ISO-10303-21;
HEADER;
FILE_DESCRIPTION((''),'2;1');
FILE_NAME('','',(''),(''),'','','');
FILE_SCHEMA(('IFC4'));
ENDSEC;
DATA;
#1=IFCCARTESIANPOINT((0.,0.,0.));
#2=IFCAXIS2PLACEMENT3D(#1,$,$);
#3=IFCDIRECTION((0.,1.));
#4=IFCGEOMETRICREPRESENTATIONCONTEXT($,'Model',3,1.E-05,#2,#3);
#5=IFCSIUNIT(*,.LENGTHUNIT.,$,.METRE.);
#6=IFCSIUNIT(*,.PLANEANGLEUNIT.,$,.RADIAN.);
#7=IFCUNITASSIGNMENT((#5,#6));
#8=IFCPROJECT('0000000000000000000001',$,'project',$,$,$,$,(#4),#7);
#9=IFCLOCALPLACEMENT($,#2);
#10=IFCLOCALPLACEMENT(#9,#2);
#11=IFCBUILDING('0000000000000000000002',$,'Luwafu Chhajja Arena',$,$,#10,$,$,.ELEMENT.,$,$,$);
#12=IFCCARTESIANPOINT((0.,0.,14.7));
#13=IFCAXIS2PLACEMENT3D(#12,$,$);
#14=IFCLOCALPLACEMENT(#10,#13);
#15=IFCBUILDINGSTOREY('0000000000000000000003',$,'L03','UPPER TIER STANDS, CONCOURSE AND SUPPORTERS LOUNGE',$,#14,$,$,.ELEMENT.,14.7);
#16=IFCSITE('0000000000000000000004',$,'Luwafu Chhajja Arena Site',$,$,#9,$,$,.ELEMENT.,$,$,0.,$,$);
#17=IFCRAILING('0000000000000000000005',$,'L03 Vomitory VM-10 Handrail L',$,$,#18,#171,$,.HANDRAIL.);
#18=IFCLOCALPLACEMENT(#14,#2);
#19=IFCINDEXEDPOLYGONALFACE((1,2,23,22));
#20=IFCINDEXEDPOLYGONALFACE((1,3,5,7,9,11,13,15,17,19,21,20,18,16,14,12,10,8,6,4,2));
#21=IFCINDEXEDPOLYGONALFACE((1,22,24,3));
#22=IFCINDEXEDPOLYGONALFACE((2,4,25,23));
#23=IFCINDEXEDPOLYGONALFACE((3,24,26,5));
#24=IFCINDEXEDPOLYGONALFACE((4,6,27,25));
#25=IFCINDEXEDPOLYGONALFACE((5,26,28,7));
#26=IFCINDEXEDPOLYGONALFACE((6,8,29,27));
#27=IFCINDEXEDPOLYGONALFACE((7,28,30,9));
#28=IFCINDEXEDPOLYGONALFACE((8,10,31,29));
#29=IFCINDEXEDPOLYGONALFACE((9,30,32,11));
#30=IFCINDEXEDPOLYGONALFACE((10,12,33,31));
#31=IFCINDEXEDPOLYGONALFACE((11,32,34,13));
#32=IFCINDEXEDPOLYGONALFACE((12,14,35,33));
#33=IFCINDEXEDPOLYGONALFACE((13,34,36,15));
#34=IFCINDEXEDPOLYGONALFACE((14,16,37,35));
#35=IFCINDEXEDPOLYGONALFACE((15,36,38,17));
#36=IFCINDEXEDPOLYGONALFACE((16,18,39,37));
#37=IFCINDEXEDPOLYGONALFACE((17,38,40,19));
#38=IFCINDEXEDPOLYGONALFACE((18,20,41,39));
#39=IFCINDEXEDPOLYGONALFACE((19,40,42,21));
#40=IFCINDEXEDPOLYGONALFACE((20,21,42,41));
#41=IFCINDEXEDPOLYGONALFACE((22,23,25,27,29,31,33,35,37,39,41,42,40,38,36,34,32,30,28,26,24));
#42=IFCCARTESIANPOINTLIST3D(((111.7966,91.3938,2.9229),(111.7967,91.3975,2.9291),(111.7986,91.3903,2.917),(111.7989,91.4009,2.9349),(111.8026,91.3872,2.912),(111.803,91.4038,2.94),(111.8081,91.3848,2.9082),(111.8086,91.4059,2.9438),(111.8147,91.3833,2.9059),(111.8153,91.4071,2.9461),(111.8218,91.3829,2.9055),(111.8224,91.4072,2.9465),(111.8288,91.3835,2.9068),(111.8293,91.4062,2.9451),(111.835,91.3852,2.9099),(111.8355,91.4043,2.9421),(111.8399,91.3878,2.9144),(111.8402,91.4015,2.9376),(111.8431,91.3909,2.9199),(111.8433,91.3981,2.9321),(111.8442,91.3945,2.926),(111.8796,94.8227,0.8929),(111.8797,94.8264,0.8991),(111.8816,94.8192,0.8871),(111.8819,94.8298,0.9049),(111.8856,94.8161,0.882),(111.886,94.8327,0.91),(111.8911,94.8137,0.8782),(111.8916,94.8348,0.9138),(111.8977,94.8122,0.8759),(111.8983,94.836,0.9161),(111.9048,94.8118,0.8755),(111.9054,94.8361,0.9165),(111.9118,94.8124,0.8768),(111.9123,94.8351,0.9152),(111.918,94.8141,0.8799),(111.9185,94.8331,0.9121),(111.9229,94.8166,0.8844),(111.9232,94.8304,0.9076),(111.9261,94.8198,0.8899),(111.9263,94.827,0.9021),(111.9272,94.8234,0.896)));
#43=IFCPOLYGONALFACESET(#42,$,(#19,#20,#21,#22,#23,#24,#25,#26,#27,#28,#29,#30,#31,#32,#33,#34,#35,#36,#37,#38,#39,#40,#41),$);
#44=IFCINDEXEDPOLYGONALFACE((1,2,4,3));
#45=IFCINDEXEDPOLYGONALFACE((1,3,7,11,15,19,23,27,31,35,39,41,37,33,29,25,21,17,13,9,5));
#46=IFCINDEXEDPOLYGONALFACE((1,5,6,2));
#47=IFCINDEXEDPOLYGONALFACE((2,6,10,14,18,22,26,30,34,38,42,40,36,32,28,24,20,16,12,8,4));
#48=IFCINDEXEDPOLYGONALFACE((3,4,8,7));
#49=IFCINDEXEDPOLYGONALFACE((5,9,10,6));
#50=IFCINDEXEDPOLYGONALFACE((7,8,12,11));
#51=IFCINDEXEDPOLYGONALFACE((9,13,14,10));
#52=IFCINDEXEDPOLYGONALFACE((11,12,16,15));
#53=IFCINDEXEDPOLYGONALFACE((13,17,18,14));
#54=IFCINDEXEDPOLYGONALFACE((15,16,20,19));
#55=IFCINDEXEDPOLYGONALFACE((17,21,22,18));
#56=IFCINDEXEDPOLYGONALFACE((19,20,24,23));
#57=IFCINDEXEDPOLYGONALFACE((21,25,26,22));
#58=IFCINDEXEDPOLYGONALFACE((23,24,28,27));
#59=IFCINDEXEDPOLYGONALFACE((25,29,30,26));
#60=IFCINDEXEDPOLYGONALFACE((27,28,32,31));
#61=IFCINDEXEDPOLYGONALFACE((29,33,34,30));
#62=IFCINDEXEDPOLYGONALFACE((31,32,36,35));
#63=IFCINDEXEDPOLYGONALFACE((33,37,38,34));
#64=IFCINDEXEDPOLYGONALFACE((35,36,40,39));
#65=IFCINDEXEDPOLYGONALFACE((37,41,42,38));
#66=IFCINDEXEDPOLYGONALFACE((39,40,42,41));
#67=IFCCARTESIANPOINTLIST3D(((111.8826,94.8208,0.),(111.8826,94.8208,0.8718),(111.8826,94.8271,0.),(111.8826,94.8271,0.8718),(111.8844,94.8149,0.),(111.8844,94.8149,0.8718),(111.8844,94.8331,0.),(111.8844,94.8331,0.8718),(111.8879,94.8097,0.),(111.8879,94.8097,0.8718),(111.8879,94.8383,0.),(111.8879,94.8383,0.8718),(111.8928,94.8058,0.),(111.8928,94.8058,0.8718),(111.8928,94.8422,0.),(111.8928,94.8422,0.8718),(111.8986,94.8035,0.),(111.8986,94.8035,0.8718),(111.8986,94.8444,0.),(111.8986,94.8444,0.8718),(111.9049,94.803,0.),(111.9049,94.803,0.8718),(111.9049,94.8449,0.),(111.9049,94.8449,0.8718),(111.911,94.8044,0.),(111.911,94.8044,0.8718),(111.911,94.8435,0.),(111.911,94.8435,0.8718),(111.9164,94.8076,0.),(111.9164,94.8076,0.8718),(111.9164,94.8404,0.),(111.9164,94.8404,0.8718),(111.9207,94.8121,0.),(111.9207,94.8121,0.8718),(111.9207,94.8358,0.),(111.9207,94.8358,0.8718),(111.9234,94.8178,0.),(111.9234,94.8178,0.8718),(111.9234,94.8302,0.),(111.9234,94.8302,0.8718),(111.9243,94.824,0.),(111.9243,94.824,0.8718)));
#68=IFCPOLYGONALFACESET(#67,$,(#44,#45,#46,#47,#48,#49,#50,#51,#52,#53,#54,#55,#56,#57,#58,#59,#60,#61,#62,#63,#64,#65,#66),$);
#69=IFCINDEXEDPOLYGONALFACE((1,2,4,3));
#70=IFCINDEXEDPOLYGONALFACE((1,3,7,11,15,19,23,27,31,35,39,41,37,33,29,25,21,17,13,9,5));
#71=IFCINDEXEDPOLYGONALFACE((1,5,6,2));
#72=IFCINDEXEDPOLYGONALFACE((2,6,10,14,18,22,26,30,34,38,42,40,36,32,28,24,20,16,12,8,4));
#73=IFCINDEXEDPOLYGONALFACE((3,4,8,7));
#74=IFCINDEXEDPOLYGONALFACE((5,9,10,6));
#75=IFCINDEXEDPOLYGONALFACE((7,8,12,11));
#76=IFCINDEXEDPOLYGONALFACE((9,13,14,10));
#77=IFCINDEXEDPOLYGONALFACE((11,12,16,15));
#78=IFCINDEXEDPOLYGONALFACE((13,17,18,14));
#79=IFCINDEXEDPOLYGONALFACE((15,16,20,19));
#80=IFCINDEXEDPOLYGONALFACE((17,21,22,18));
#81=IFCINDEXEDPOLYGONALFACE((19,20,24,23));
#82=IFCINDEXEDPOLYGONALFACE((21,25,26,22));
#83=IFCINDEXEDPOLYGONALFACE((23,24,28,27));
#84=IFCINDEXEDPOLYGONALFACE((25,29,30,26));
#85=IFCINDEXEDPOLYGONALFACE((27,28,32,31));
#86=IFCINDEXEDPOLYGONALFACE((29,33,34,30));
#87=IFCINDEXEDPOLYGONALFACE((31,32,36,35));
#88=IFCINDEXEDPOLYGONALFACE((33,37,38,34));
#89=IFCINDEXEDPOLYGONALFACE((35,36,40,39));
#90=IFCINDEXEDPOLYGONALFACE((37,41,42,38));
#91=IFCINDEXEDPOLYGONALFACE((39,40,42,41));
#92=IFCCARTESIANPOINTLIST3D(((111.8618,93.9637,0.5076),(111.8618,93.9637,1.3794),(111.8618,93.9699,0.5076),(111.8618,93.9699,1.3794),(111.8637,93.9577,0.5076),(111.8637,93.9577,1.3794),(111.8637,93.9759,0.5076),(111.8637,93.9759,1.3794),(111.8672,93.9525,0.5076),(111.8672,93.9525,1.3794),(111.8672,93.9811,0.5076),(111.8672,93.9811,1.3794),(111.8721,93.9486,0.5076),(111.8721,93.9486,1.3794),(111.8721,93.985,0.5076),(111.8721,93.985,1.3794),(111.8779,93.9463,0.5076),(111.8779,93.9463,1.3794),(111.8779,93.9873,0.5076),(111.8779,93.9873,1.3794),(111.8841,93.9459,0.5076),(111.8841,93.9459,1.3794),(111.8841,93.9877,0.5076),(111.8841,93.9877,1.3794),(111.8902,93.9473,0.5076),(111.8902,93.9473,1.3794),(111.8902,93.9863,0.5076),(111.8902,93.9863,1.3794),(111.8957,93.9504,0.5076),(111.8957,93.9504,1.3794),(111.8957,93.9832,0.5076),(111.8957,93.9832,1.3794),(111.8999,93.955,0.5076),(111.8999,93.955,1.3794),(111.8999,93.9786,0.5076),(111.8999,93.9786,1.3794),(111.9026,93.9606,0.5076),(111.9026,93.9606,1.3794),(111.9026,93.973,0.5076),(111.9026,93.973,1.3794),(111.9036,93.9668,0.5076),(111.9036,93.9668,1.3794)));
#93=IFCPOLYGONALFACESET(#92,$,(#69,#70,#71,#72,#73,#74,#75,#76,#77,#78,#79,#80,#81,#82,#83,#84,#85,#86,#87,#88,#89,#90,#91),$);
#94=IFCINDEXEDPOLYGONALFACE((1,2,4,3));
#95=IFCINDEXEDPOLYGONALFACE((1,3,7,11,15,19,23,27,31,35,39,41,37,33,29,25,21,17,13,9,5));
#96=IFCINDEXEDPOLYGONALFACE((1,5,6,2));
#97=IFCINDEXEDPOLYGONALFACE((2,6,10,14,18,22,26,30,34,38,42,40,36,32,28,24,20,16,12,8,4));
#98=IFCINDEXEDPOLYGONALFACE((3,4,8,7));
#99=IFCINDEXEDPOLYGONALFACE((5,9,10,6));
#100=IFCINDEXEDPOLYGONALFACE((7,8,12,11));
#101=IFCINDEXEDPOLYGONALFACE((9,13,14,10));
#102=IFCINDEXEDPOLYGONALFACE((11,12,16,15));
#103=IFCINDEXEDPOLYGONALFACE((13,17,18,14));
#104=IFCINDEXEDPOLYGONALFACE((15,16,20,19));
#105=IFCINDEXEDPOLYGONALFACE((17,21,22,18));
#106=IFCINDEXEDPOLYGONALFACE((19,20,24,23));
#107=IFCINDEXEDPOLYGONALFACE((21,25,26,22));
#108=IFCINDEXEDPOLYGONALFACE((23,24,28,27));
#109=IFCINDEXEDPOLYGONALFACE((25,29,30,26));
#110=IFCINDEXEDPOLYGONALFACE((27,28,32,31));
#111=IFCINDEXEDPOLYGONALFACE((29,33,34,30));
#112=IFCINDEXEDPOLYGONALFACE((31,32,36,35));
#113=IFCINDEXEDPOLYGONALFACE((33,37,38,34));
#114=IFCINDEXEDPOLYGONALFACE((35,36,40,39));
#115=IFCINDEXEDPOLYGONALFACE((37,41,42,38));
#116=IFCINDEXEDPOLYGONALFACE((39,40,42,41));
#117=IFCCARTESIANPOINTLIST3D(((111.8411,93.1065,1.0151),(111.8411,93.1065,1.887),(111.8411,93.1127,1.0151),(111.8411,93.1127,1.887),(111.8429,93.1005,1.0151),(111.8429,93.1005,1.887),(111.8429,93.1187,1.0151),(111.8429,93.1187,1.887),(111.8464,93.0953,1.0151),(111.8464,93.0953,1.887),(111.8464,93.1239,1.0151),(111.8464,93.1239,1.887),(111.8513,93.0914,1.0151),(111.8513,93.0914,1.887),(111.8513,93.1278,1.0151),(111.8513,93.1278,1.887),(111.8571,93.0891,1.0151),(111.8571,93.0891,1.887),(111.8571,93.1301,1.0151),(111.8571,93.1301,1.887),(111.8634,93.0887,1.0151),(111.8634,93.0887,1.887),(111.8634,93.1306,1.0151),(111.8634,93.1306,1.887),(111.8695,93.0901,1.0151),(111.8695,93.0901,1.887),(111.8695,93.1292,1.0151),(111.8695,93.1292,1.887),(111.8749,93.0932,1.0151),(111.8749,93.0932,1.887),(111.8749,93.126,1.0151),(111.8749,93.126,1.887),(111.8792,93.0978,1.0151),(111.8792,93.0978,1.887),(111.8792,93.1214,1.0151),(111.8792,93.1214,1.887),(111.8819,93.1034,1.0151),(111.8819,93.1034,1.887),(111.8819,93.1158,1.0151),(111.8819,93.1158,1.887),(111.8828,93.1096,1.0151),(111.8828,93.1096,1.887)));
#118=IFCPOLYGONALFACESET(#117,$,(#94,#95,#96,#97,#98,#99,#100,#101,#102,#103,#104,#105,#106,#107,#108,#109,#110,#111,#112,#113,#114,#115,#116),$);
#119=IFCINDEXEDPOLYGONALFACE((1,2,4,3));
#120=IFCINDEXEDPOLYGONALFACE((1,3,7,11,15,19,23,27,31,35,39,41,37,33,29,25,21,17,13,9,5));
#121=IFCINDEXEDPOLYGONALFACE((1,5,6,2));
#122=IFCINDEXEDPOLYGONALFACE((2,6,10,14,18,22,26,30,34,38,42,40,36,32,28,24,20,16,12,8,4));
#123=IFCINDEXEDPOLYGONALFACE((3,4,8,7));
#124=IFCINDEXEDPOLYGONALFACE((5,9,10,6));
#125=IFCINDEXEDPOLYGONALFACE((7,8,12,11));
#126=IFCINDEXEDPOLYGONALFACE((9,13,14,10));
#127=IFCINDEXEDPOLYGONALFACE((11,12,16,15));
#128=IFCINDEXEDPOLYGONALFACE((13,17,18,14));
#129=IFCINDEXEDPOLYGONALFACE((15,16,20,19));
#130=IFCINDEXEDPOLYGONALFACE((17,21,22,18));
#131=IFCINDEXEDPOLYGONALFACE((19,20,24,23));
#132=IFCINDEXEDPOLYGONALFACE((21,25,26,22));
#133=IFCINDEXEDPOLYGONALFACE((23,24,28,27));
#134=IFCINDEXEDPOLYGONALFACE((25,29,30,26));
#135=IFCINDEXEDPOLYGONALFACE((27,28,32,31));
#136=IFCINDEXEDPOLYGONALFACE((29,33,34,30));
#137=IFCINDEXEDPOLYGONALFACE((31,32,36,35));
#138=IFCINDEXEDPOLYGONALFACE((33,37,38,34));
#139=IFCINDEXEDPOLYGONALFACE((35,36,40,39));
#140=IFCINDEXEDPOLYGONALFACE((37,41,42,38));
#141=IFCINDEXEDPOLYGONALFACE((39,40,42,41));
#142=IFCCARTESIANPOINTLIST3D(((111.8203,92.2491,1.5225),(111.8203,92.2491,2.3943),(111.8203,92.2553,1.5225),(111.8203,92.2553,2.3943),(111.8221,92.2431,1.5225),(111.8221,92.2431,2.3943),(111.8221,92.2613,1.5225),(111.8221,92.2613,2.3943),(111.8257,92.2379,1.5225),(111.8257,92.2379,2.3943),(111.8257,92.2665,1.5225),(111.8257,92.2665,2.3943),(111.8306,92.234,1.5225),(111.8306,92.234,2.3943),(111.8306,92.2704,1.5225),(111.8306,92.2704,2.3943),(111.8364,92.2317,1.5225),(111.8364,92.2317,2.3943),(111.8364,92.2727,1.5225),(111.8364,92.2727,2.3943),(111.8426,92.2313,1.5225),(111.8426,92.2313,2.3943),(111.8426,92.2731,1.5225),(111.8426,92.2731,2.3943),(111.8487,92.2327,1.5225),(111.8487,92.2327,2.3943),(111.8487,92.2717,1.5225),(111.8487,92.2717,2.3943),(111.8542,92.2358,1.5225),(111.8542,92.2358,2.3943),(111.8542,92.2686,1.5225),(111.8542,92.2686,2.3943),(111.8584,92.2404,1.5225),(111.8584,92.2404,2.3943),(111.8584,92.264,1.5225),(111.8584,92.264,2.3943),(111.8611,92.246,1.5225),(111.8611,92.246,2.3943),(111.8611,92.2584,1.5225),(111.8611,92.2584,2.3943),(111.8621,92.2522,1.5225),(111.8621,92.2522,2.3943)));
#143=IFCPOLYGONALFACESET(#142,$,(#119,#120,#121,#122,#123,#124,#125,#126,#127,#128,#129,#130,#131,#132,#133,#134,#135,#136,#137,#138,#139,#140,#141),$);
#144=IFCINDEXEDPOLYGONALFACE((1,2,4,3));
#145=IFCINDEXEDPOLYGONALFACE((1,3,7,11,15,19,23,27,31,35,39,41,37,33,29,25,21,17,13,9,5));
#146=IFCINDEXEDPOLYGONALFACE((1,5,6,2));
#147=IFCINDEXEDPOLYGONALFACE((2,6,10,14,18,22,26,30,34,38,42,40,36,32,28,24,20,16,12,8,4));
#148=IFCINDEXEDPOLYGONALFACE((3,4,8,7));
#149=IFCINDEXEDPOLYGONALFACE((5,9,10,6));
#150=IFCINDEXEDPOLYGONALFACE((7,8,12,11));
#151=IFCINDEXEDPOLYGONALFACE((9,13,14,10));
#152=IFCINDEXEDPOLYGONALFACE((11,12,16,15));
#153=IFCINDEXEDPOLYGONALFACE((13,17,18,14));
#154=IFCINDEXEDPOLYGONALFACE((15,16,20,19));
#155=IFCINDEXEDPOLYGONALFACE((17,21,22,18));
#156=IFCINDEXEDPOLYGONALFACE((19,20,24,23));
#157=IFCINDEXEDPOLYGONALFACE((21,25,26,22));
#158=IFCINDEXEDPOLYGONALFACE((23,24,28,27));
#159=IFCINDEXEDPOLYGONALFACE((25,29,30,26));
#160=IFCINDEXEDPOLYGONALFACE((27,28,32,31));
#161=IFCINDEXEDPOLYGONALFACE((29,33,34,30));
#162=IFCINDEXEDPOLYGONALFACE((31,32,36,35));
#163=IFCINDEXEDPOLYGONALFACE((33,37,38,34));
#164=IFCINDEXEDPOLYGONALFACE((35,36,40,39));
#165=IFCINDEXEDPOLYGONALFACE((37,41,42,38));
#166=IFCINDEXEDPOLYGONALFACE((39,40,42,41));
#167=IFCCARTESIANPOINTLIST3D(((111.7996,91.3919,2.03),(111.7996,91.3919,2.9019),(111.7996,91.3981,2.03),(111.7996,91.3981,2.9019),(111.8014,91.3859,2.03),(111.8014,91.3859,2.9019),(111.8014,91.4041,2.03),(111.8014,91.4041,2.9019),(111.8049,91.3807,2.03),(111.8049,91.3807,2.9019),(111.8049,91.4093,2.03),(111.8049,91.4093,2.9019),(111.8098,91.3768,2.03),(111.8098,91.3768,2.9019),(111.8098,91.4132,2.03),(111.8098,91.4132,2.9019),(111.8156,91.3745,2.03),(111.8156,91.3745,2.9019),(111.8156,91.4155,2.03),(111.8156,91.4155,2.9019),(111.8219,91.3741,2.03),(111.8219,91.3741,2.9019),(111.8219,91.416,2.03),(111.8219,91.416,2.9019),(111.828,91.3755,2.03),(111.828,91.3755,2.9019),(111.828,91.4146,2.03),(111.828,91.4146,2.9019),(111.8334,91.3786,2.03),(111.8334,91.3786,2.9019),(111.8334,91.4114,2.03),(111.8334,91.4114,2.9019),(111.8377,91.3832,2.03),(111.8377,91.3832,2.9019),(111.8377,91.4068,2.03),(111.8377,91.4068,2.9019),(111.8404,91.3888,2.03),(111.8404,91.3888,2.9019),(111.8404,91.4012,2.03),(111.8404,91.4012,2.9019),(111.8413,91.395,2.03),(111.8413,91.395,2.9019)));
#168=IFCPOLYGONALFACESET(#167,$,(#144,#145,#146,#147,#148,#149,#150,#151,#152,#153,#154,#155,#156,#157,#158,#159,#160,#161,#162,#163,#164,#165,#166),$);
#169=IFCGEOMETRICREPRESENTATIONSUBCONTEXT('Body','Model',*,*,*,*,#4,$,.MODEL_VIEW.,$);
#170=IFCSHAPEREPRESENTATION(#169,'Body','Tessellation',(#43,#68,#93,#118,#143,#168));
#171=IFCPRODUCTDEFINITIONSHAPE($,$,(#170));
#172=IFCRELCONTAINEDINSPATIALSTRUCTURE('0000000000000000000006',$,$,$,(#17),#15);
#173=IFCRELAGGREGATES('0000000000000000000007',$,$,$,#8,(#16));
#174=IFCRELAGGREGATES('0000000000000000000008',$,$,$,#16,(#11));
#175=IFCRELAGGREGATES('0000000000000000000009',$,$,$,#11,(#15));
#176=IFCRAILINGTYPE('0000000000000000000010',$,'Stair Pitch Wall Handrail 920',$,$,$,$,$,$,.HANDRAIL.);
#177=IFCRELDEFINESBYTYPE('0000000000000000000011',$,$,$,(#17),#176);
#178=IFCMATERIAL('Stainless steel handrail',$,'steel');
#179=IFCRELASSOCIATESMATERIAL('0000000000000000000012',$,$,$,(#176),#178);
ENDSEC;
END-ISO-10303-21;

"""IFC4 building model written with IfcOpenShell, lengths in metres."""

from ifc_helpers import new_model, si_unit, direction, frame, origin, origin_2d, place, context, subcontext, project, spatial, circle, extrude, material, type_object, element, save


model = new_model("IFC4")

# Units and contexts
model_context = context("Model", 3, precision=1e-05, world=origin(), true_north=direction((0.0, 1.0)))
body_context = subcontext(model_context, "Body", "Model", "MODEL_VIEW")
ifc_project = project(units=[si_unit("LENGTHUNIT", "METRE"), si_unit("PLANEANGLEUNIT", "RADIAN")], contexts=[model_context])

# Site, building, storey
site_placement = place(None, origin())
site = spatial("IfcSite", under=ifc_project, at=site_placement, Name="Luwafu Chhajja Arena Site", CompositionType="ELEMENT", RefElevation=0.0)
building_placement = place(site_placement, origin())
building = spatial("IfcBuilding", under=site, at=building_placement, Name="Luwafu Chhajja Arena", CompositionType="ELEMENT")
storey_placement = place(building_placement, frame((0.0, 0.0, 14.7)))
storey = spatial("IfcBuildingStorey", under=building, at=storey_placement, Name="L03", Description="UPPER TIER STANDS, CONCOURSE AND SUPPORTERS LOUNGE", CompositionType="ELEMENT", Elevation=14.7)

# Railing
ifc_material_1 = material(Name="Stainless steel handrail", Category="steel")
railing_type_1 = type_object("IfcRailingType", Name="Stair Pitch Wall Handrail 920", PredefinedType="HANDRAIL", material=ifc_material_1)
railing_1_placement = place(storey_placement, frame((111.9033, 94.824, 0.0)))
element("IfcRailing", 1, at=railing_1_placement, inside=storey, type_object=railing_type_1, Name="L03 Vomitory VM-10 Handrail L", PredefinedType="HANDRAIL", context=body_context, shape_type="SweptSolid", body=[
    extrude(circle(Radius=0.0239, at=origin_2d()), frame((0.0, 0.0, 0.896), z_axis=(-0.020827, -0.860319, 0.509331), x_axis=(0.999707, -0.024201, 0.0)), (0.0, 0.0, 1.0), 3.9856),
    extrude(circle(Radius=0.021, at=origin_2d()), origin(), (0.0, 0.0, 1.0), 0.8718),
    extrude(circle(Radius=0.021, at=origin_2d()), frame((-0.0208, -0.8572, 0.5076)), (0.0, 0.0, 1.0), 0.8718),
    extrude(circle(Radius=0.021, at=origin_2d()), frame((-0.0415, -1.7144, 1.0151)), (0.0, 0.0, 1.0), 0.8718),
    extrude(circle(Radius=0.021, at=origin_2d()), frame((-0.0623, -2.5718, 1.5225)), (0.0, 0.0, 1.0), 0.8718),
    extrude(circle(Radius=0.021, at=origin_2d()), frame((-0.083, -3.429, 2.03)), (0.0, 0.0, 1.0), 0.8718),
])

save(model, "model.ifc")
